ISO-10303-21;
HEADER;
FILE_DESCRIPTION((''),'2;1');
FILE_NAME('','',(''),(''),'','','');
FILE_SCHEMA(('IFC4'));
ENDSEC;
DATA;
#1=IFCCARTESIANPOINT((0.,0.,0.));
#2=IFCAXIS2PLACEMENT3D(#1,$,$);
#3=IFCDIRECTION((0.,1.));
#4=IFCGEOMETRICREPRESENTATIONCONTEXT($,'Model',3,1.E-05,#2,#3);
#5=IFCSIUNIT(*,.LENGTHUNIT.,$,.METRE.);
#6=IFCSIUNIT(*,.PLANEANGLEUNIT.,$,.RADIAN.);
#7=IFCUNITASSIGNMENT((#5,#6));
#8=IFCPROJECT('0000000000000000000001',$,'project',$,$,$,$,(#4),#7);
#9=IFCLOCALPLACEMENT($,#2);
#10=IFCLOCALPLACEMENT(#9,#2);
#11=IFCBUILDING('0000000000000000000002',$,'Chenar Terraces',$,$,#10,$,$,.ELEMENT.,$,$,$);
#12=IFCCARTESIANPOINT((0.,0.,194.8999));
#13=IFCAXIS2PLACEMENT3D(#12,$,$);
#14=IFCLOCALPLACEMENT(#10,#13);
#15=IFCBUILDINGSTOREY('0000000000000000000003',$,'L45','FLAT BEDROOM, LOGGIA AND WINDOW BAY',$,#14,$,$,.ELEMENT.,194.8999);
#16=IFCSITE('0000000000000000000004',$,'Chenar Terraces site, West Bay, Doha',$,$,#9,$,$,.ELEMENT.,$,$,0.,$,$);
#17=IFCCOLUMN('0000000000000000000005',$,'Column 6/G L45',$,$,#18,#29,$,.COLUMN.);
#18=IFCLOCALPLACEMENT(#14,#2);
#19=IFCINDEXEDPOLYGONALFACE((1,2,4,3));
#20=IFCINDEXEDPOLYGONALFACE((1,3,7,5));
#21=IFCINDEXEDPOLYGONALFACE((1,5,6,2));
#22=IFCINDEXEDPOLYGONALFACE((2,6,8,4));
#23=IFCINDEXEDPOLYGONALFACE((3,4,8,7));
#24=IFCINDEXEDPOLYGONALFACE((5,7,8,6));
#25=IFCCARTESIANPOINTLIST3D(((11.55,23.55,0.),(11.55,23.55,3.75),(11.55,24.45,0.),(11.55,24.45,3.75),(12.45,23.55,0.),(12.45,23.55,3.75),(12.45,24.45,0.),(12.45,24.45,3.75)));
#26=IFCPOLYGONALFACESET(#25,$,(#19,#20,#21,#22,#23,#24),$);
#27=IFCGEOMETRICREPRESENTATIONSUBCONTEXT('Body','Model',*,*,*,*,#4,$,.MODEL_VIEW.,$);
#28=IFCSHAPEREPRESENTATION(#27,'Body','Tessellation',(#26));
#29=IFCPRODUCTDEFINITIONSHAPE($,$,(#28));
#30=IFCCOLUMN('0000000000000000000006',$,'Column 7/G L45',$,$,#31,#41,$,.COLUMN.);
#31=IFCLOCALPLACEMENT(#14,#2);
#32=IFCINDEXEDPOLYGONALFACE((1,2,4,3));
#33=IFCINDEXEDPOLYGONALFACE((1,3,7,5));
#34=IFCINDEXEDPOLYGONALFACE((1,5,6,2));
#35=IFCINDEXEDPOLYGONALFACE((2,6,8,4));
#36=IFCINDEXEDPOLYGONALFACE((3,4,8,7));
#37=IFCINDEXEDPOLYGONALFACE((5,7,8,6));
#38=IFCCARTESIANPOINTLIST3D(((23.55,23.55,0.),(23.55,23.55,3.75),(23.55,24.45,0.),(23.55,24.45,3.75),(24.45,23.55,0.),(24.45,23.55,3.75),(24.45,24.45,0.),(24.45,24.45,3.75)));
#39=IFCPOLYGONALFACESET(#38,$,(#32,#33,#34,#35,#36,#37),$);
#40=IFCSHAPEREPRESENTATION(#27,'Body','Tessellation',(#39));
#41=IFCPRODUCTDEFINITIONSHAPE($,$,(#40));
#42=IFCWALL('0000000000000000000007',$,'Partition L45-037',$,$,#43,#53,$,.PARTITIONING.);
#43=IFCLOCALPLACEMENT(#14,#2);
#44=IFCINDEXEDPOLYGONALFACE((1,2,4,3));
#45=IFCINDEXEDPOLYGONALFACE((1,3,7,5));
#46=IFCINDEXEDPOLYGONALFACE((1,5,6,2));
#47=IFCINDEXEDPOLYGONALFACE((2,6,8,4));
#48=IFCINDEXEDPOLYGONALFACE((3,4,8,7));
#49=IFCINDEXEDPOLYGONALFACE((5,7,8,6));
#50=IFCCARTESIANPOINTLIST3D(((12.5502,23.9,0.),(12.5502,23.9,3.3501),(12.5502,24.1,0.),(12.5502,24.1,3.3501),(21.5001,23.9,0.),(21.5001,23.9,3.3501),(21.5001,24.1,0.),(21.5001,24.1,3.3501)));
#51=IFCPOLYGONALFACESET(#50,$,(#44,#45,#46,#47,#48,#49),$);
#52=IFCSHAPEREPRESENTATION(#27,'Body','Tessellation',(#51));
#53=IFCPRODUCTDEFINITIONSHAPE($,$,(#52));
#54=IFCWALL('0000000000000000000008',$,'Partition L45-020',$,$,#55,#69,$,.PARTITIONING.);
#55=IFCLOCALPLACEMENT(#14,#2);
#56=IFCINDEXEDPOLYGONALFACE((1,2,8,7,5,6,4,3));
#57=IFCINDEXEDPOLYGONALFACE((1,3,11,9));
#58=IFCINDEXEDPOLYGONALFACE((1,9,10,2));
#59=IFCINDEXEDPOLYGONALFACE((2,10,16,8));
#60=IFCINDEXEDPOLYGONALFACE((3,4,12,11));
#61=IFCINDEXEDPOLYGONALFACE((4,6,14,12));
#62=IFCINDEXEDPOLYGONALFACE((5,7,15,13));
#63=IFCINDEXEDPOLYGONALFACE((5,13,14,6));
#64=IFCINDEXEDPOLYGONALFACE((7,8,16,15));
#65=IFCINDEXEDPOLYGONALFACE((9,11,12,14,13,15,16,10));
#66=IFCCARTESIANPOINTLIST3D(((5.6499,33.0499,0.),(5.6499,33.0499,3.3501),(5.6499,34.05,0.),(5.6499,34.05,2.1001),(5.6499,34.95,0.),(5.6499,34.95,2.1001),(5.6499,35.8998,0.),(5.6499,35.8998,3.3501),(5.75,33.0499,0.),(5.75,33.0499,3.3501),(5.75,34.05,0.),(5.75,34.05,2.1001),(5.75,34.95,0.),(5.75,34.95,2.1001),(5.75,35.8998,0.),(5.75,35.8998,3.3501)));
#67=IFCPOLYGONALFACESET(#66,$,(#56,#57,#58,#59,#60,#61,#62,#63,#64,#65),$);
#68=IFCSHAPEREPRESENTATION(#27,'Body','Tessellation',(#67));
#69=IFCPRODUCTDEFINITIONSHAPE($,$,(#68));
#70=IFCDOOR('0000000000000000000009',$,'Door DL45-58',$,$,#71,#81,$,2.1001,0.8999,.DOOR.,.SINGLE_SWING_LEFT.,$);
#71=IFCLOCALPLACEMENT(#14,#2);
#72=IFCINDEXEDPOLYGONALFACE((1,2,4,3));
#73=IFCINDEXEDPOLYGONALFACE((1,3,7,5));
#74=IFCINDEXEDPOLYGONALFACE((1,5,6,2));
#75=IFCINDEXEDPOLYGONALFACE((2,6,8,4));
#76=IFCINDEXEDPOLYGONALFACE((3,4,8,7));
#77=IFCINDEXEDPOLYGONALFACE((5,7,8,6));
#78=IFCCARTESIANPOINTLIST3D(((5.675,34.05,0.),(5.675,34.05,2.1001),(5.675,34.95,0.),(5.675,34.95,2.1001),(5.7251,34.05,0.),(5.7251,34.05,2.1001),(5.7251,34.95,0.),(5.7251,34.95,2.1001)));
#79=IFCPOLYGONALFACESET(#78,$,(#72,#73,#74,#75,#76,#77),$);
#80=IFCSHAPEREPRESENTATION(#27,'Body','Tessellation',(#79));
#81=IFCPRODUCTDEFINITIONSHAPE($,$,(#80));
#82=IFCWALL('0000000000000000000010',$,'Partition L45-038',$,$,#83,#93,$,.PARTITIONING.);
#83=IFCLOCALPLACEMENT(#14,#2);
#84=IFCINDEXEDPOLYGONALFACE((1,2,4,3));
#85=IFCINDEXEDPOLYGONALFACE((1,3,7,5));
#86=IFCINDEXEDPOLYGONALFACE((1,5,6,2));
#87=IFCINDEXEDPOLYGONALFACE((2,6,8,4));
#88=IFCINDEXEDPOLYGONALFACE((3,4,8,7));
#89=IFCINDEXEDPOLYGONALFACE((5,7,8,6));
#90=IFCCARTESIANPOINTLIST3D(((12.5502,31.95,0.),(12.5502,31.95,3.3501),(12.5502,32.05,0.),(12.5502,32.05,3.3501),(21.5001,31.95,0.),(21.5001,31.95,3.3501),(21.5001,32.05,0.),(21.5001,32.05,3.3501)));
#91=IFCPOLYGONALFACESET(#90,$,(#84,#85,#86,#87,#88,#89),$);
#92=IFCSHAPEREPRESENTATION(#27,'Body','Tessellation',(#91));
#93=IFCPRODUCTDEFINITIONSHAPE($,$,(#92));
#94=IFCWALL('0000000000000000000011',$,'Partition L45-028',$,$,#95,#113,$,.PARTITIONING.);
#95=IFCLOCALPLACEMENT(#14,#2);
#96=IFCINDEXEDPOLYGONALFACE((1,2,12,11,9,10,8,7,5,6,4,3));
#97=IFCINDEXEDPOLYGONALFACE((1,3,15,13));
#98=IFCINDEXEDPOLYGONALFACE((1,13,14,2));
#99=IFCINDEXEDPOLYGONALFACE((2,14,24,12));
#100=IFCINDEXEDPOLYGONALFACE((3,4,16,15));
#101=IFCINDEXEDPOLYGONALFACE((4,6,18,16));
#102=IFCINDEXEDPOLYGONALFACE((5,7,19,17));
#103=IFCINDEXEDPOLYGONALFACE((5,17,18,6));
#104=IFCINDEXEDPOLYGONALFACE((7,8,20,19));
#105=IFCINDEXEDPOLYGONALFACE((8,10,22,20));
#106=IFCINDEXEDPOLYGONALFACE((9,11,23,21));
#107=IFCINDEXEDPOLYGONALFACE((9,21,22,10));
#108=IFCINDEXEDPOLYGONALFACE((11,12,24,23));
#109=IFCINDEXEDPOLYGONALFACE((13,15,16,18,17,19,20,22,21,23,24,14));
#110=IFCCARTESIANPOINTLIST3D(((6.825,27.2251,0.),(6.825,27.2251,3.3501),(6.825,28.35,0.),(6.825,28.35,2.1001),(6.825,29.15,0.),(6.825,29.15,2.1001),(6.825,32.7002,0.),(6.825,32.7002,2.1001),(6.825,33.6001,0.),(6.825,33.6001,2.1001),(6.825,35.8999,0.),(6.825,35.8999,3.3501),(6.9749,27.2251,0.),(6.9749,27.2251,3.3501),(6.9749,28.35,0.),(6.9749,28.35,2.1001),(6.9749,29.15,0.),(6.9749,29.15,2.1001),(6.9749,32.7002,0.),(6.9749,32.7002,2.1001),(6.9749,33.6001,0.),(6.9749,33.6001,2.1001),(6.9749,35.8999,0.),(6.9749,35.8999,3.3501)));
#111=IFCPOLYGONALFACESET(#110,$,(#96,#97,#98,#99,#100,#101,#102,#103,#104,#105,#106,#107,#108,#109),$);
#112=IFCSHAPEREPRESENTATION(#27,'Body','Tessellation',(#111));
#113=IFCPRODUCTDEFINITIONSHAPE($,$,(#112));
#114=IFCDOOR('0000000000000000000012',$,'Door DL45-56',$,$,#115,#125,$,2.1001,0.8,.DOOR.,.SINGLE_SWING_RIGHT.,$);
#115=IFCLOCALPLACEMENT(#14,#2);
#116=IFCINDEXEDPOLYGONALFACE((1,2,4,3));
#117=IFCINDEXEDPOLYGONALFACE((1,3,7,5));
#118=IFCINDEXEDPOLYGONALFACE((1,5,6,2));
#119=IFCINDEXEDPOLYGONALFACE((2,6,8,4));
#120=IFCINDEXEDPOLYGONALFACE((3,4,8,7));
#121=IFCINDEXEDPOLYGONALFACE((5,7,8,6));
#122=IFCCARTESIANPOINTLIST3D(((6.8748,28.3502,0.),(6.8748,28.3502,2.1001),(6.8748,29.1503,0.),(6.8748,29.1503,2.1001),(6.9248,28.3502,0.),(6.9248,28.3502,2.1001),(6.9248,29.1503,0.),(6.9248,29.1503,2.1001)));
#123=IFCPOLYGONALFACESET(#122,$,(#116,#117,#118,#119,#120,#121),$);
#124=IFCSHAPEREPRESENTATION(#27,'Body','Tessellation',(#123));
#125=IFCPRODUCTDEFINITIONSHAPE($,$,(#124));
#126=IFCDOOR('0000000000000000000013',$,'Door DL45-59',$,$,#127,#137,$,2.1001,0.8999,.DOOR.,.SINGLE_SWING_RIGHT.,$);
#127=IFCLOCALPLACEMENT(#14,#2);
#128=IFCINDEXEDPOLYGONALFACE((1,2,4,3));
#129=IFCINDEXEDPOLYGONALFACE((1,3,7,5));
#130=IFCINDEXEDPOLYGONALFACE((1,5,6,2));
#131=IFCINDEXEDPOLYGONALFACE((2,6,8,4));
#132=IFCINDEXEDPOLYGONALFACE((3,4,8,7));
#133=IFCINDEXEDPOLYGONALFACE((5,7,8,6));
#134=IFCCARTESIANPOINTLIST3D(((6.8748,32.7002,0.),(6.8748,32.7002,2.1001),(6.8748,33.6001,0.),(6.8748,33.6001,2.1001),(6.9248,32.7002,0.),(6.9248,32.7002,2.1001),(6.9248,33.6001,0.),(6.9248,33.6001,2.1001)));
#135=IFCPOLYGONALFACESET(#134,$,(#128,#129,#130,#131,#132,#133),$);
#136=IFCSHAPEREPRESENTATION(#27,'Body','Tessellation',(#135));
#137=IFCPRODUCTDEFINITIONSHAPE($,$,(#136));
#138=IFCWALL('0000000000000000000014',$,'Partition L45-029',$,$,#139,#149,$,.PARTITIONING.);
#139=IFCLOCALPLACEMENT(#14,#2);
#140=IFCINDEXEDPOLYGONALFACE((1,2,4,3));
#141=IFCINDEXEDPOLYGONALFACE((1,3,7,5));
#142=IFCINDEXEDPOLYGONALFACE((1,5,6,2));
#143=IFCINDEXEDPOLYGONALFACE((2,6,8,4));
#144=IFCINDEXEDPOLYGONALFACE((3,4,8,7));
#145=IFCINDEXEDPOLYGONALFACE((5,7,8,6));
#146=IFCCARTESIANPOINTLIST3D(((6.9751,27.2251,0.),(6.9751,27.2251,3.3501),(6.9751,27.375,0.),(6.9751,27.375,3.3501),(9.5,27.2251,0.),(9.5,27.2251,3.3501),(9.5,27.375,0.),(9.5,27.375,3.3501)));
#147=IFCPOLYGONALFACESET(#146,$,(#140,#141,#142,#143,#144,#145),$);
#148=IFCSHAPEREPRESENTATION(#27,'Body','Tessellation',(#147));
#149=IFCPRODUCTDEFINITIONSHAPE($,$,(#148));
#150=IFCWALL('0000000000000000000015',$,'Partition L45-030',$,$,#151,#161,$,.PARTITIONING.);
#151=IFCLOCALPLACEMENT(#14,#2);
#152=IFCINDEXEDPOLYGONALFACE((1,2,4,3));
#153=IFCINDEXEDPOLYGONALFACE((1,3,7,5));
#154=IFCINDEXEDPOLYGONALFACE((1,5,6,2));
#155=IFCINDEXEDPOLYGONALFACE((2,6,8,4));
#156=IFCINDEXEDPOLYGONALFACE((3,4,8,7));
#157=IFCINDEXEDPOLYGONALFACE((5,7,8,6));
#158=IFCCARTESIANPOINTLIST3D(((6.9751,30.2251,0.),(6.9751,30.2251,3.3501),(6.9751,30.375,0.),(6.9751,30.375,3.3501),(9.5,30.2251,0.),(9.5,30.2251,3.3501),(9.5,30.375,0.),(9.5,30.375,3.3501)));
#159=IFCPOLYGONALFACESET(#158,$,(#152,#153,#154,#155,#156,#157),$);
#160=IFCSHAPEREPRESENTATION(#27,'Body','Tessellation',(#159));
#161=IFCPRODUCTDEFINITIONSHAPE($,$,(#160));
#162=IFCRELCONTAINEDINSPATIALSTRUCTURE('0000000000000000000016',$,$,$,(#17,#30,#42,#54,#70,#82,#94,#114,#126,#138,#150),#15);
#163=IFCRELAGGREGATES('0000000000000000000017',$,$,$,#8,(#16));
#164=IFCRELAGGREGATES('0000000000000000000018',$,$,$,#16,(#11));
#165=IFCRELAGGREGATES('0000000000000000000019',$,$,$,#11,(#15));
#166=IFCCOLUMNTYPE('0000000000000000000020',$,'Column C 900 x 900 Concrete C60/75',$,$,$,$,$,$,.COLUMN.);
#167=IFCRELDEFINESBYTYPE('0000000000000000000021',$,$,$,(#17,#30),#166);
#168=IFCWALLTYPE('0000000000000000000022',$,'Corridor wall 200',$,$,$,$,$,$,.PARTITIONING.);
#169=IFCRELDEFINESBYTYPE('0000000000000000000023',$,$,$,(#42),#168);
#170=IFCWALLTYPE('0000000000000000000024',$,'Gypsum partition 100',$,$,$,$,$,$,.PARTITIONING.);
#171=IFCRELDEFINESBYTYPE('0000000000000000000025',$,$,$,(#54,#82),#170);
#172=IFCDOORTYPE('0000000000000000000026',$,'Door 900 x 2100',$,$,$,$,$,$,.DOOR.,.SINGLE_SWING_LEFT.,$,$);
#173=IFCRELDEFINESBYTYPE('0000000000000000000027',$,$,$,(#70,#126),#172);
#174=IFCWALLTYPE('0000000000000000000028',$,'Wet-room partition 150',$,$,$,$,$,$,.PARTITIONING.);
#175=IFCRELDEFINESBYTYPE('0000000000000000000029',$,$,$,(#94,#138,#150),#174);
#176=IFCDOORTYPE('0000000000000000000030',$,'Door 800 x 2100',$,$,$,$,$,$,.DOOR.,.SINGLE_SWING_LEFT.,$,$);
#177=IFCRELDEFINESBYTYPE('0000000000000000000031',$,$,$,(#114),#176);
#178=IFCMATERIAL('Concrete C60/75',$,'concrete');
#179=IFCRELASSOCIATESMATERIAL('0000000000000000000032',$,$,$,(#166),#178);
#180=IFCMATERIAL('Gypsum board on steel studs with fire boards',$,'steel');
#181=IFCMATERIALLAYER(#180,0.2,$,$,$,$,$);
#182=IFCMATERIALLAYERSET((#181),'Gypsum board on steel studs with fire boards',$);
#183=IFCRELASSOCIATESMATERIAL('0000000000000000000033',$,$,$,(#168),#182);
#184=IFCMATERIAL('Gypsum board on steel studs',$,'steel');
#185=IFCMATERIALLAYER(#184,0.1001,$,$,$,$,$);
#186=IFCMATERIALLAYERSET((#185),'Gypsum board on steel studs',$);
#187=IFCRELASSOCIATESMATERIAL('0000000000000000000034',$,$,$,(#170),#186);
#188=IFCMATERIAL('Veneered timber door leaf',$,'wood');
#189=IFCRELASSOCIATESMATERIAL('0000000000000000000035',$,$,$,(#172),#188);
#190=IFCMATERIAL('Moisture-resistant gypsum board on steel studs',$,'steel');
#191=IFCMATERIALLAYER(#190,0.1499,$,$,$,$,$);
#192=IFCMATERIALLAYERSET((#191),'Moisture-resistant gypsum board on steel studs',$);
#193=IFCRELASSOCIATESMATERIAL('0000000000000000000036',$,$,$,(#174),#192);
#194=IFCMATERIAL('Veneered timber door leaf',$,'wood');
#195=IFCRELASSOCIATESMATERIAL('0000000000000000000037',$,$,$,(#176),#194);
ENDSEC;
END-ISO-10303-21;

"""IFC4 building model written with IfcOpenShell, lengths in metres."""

from ifc_helpers import new_model, si_unit, direction, frame, frame_2d, origin, origin_2d, place, context, subcontext, project, spatial, rectangle, extrude, material, layer, layer_set, material_profile, profile_set, type_object, element, fill, save


model = new_model("IFC4")

# Units and contexts
model_context = context("Model", 3, precision=1e-05, world=origin(), true_north=direction((0.0, 1.0)))
body_context = subcontext(model_context, "Body", "Model", "MODEL_VIEW")
ifc_project = project(units=[si_unit("LENGTHUNIT", "METRE"), si_unit("PLANEANGLEUNIT", "RADIAN")], contexts=[model_context])

# Site, building, storey
site_placement = place(None, origin())
site = spatial("IfcSite", under=ifc_project, at=site_placement, Name="Chenar Terraces site, West Bay, Doha", CompositionType="ELEMENT", RefElevation=0.0)
building_placement = place(site_placement, origin())
building = spatial("IfcBuilding", under=site, at=building_placement, Name="Chenar Terraces", CompositionType="ELEMENT")
storey_placement = place(building_placement, frame((0.0, 0.0, 194.8999)))
storey = spatial("IfcBuildingStorey", under=building, at=storey_placement, Name="L45", Description="FLAT BEDROOM, LOGGIA AND WINDOW BAY", CompositionType="ELEMENT", Elevation=194.8999)

# Columns
ifc_material_1 = material(Name="Concrete C60/75", Category="concrete")
ifc_material_profile = material_profile(ifc_material_1, rectangle(XDim=0.8999, YDim=0.8999, at=origin_2d()), Name="C 900 x 900")
ifc_profile_set = profile_set([ifc_material_profile], Name="Concrete C60/75")
column_type = type_object("IfcColumnType", Name="Column C 900 x 900 Concrete C60/75", PredefinedType="COLUMN", material=ifc_profile_set)
for number, where, z_axis, x_axis, name in (
    (1, (12.0, 24.0, 0.0), (0.0, 0.0, 1.0), (1.0, 0.0, 0.0), "Column 6/G L45"),
    (2, (24.0, 24.0, 0.0), (0.0, 0.0, 1.0), (1.0, 0.0, 0.0), "Column 7/G L45"),
):
    element("IfcColumn", number, at=place(storey_placement, frame(where, z_axis=z_axis, x_axis=x_axis)), inside=storey, type_object=column_type, Name=name, PredefinedType="COLUMN", context=body_context, shape_type="SweptSolid", body=[
        extrude(rectangle(XDim=0.8999, YDim=0.8999, at=origin_2d()), origin(), (0.0, 0.0, 1.0), 3.75),
    ])

# Wall
ifc_material_2 = material(Name="Gypsum board on steel studs with fire boards", Category="steel")
ifc_layer_1 = layer(ifc_material_2, 0.2)
ifc_layer_set_1 = layer_set([ifc_layer_1], Name="Gypsum board on steel studs with fire boards")
wall_type_1 = type_object("IfcWallType", Name="Corridor wall 200", PredefinedType="PARTITIONING", material=ifc_layer_set_1)
wall_1_placement = place(storey_placement, frame((12.55, 24.0, 0.0), z_axis=(0.0, 0.0, 1.0), x_axis=(1.0, 0.0, 0.0)))
element("IfcWall", 3, at=wall_1_placement, inside=storey, type_object=wall_type_1, Name="Partition L45-037", PredefinedType="PARTITIONING", context=body_context, shape_type="SweptSolid", body=[
    extrude(rectangle(XDim=8.95, YDim=0.2, at=frame_2d((4.4751, 0.0))), origin(), (0.0, 0.0, 1.0), 3.3501),
])

# Wall, opening, door
ifc_material_3 = material(Name="Gypsum board on steel studs", Category="steel")
ifc_layer_2 = layer(ifc_material_3, 0.1001)
ifc_layer_set_2 = layer_set([ifc_layer_2], Name="Gypsum board on steel studs")
wall_type_2 = type_object("IfcWallType", Name="Gypsum partition 100", PredefinedType="PARTITIONING", material=ifc_layer_set_2)
wall_2_placement = place(storey_placement, frame((5.7, 33.05, 0.0), z_axis=(0.0, 0.0, 1.0), x_axis=(0.0, 1.0, 0.0)))
wall_2 = element("IfcWall", 4, at=wall_2_placement, inside=storey, type_object=wall_type_2, Name="Partition L45-020", PredefinedType="PARTITIONING", context=body_context, shape_type="SweptSolid", body=[
    extrude(rectangle(XDim=2.8499, YDim=0.1001, at=frame_2d((1.4248, 0.0))), origin(), (0.0, 0.0, 1.0), 3.3501),
])
opening_1_placement = place(wall_2_placement, frame((1.0, 0.0, 0.0)))
opening_1 = element("IfcOpeningElement", 5, at=opening_1_placement, cuts=wall_2, PredefinedType="OPENING", context=body_context, shape_type="SweptSolid", body=[
    extrude(rectangle(XDim=0.8999, YDim=2.1001, at=frame_2d((0.45, 1.05))), frame((0.0, 0.0601, 0.0), z_axis=(0.0, -1.0, 0.0), x_axis=(1.0, 0.0, 0.0)), (0.0, 0.0, 1.0), 0.1201),
])
ifc_material_4 = material(Name="Veneered timber door leaf", Category="wood")
door_type_1 = type_object("IfcDoorType", Name="Door 900 x 2100", OperationType="SINGLE_SWING_LEFT", PredefinedType="DOOR", material=ifc_material_4)
door_1_placement = place(opening_1_placement, origin())
door_1 = element("IfcDoor", 6, at=door_1_placement, inside=storey, type_object=door_type_1, Name="Door DL45-58", OperationType="SINGLE_SWING_LEFT", OverallHeight=2.1001, OverallWidth=0.8999, PredefinedType="DOOR", context=body_context, shape_type="SweptSolid", body=[
    extrude(rectangle(XDim=0.8999, YDim=2.1001, at=frame_2d((0.45, 1.05))), frame((0.0, 0.0249, 0.0), z_axis=(0.0, -1.0, 0.0), x_axis=(1.0, 0.0, 0.0)), (0.0, 0.0, 1.0), 0.05),
])
fill(opening_1, door_1)

# Wall
wall_3_placement = place(storey_placement, frame((12.55, 32.0, 0.0), z_axis=(0.0, 0.0, 1.0), x_axis=(1.0, 0.0, 0.0)))
element("IfcWall", 7, at=wall_3_placement, inside=storey, type_object=wall_type_2, Name="Partition L45-038", PredefinedType="PARTITIONING", context=body_context, shape_type="SweptSolid", body=[
    extrude(rectangle(XDim=8.95, YDim=0.1001, at=frame_2d((4.4751, 0.0))), origin(), (0.0, 0.0, 1.0), 3.3501),
])

# Wall, openings, doors
ifc_material_5 = material(Name="Moisture-resistant gypsum board on steel studs", Category="steel")
ifc_layer_3 = layer(ifc_material_5, 0.1499)
ifc_layer_set_3 = layer_set([ifc_layer_3], Name="Moisture-resistant gypsum board on steel studs")
wall_type_3 = type_object("IfcWallType", Name="Wet-room partition 150", PredefinedType="PARTITIONING", material=ifc_layer_set_3)
wall_4_placement = place(storey_placement, frame((6.8999, 27.2251, 0.0), z_axis=(0.0, 0.0, 1.0), x_axis=(0.0, 1.0, 0.0)))
wall_4 = element("IfcWall", 8, at=wall_4_placement, inside=storey, type_object=wall_type_3, Name="Partition L45-028", PredefinedType="PARTITIONING", context=body_context, shape_type="SweptSolid", body=[
    extrude(rectangle(XDim=8.6748, YDim=0.1499, at=frame_2d((4.3374, 0.0))), origin(), (0.0, 0.0, 1.0), 3.3501),
])
opening_2_placement = place(wall_4_placement, frame((1.125, 0.0, 0.0)))
opening_2 = element("IfcOpeningElement", 9, at=opening_2_placement, cuts=wall_4, PredefinedType="OPENING", context=body_context, shape_type="SweptSolid", body=[
    extrude(rectangle(XDim=0.8, YDim=2.1001, at=frame_2d((0.3999, 1.05))), frame((0.0, 0.085, 0.0), z_axis=(0.0, -1.0, 0.0), x_axis=(1.0, 0.0, 0.0)), (0.0, 0.0, 1.0), 0.1699),
])
opening_3_placement = place(wall_4_placement, frame((5.4751, 0.0, 0.0)))
opening_3 = element("IfcOpeningElement", 10, at=opening_3_placement, cuts=wall_4, PredefinedType="OPENING", context=body_context, shape_type="SweptSolid", body=[
    extrude(rectangle(XDim=0.8999, YDim=2.1001, at=frame_2d((0.45, 1.05))), frame((0.0, 0.085, 0.0), z_axis=(0.0, -1.0, 0.0), x_axis=(1.0, 0.0, 0.0)), (0.0, 0.0, 1.0), 0.1699),
])
ifc_material_6 = material(Name="Veneered timber door leaf", Category="wood")
door_type_2 = type_object("IfcDoorType", Name="Door 800 x 2100", OperationType="SINGLE_SWING_LEFT", PredefinedType="DOOR", material=ifc_material_6)
door_2_placement = place(opening_2_placement, frame((0.8, 0.0, 0.0), z_axis=(0.0, 0.0, 1.0), x_axis=(-1.0, 0.0, 0.0)))
door_2 = element("IfcDoor", 11, at=door_2_placement, inside=storey, type_object=door_type_2, Name="Door DL45-56", OperationType="SINGLE_SWING_RIGHT", OverallHeight=2.1001, OverallWidth=0.8, PredefinedType="DOOR", context=body_context, shape_type="SweptSolid", body=[
    extrude(rectangle(XDim=0.8, YDim=2.1001, at=frame_2d((0.3999, 1.05))), frame((0.0, 0.0249, 0.0), z_axis=(0.0, -1.0, 0.0), x_axis=(1.0, 0.0, 0.0)), (0.0, 0.0, 1.0), 0.05),
])
fill(opening_2, door_2)
door_3_placement = place(opening_3_placement, frame((0.8999, 0.0, 0.0), z_axis=(0.0, 0.0, 1.0), x_axis=(-1.0, 0.0, 0.0)))
door_3 = element("IfcDoor", 12, at=door_3_placement, inside=storey, type_object=door_type_1, Name="Door DL45-59", OperationType="SINGLE_SWING_RIGHT", OverallHeight=2.1001, OverallWidth=0.8999, PredefinedType="DOOR", context=body_context, shape_type="SweptSolid", body=[
    extrude(rectangle(XDim=0.8999, YDim=2.1001, at=frame_2d((0.45, 1.05))), frame((0.0, 0.0249, 0.0), z_axis=(0.0, -1.0, 0.0), x_axis=(1.0, 0.0, 0.0)), (0.0, 0.0, 1.0), 0.05),
])
fill(opening_3, door_3)

# Walls
for number, where, z_axis, x_axis, name in (
    (13, (6.9751, 27.3, 0.0), (0.0, 0.0, 1.0), (1.0, 0.0, 0.0), "Partition L45-029"),
    (14, (6.9751, 30.3, 0.0), (0.0, 0.0, 1.0), (1.0, 0.0, 0.0), "Partition L45-030"),
):
    element("IfcWall", number, at=place(storey_placement, frame(where, z_axis=z_axis, x_axis=x_axis)), inside=storey, type_object=wall_type_3, Name=name, PredefinedType="PARTITIONING", context=body_context, shape_type="SweptSolid", body=[
        extrude(rectangle(XDim=2.5249, YDim=0.1499, at=frame_2d((1.2625, 0.0))), origin(), (0.0, 0.0, 1.0), 3.3501),
    ])

save(model, "model.ifc")
